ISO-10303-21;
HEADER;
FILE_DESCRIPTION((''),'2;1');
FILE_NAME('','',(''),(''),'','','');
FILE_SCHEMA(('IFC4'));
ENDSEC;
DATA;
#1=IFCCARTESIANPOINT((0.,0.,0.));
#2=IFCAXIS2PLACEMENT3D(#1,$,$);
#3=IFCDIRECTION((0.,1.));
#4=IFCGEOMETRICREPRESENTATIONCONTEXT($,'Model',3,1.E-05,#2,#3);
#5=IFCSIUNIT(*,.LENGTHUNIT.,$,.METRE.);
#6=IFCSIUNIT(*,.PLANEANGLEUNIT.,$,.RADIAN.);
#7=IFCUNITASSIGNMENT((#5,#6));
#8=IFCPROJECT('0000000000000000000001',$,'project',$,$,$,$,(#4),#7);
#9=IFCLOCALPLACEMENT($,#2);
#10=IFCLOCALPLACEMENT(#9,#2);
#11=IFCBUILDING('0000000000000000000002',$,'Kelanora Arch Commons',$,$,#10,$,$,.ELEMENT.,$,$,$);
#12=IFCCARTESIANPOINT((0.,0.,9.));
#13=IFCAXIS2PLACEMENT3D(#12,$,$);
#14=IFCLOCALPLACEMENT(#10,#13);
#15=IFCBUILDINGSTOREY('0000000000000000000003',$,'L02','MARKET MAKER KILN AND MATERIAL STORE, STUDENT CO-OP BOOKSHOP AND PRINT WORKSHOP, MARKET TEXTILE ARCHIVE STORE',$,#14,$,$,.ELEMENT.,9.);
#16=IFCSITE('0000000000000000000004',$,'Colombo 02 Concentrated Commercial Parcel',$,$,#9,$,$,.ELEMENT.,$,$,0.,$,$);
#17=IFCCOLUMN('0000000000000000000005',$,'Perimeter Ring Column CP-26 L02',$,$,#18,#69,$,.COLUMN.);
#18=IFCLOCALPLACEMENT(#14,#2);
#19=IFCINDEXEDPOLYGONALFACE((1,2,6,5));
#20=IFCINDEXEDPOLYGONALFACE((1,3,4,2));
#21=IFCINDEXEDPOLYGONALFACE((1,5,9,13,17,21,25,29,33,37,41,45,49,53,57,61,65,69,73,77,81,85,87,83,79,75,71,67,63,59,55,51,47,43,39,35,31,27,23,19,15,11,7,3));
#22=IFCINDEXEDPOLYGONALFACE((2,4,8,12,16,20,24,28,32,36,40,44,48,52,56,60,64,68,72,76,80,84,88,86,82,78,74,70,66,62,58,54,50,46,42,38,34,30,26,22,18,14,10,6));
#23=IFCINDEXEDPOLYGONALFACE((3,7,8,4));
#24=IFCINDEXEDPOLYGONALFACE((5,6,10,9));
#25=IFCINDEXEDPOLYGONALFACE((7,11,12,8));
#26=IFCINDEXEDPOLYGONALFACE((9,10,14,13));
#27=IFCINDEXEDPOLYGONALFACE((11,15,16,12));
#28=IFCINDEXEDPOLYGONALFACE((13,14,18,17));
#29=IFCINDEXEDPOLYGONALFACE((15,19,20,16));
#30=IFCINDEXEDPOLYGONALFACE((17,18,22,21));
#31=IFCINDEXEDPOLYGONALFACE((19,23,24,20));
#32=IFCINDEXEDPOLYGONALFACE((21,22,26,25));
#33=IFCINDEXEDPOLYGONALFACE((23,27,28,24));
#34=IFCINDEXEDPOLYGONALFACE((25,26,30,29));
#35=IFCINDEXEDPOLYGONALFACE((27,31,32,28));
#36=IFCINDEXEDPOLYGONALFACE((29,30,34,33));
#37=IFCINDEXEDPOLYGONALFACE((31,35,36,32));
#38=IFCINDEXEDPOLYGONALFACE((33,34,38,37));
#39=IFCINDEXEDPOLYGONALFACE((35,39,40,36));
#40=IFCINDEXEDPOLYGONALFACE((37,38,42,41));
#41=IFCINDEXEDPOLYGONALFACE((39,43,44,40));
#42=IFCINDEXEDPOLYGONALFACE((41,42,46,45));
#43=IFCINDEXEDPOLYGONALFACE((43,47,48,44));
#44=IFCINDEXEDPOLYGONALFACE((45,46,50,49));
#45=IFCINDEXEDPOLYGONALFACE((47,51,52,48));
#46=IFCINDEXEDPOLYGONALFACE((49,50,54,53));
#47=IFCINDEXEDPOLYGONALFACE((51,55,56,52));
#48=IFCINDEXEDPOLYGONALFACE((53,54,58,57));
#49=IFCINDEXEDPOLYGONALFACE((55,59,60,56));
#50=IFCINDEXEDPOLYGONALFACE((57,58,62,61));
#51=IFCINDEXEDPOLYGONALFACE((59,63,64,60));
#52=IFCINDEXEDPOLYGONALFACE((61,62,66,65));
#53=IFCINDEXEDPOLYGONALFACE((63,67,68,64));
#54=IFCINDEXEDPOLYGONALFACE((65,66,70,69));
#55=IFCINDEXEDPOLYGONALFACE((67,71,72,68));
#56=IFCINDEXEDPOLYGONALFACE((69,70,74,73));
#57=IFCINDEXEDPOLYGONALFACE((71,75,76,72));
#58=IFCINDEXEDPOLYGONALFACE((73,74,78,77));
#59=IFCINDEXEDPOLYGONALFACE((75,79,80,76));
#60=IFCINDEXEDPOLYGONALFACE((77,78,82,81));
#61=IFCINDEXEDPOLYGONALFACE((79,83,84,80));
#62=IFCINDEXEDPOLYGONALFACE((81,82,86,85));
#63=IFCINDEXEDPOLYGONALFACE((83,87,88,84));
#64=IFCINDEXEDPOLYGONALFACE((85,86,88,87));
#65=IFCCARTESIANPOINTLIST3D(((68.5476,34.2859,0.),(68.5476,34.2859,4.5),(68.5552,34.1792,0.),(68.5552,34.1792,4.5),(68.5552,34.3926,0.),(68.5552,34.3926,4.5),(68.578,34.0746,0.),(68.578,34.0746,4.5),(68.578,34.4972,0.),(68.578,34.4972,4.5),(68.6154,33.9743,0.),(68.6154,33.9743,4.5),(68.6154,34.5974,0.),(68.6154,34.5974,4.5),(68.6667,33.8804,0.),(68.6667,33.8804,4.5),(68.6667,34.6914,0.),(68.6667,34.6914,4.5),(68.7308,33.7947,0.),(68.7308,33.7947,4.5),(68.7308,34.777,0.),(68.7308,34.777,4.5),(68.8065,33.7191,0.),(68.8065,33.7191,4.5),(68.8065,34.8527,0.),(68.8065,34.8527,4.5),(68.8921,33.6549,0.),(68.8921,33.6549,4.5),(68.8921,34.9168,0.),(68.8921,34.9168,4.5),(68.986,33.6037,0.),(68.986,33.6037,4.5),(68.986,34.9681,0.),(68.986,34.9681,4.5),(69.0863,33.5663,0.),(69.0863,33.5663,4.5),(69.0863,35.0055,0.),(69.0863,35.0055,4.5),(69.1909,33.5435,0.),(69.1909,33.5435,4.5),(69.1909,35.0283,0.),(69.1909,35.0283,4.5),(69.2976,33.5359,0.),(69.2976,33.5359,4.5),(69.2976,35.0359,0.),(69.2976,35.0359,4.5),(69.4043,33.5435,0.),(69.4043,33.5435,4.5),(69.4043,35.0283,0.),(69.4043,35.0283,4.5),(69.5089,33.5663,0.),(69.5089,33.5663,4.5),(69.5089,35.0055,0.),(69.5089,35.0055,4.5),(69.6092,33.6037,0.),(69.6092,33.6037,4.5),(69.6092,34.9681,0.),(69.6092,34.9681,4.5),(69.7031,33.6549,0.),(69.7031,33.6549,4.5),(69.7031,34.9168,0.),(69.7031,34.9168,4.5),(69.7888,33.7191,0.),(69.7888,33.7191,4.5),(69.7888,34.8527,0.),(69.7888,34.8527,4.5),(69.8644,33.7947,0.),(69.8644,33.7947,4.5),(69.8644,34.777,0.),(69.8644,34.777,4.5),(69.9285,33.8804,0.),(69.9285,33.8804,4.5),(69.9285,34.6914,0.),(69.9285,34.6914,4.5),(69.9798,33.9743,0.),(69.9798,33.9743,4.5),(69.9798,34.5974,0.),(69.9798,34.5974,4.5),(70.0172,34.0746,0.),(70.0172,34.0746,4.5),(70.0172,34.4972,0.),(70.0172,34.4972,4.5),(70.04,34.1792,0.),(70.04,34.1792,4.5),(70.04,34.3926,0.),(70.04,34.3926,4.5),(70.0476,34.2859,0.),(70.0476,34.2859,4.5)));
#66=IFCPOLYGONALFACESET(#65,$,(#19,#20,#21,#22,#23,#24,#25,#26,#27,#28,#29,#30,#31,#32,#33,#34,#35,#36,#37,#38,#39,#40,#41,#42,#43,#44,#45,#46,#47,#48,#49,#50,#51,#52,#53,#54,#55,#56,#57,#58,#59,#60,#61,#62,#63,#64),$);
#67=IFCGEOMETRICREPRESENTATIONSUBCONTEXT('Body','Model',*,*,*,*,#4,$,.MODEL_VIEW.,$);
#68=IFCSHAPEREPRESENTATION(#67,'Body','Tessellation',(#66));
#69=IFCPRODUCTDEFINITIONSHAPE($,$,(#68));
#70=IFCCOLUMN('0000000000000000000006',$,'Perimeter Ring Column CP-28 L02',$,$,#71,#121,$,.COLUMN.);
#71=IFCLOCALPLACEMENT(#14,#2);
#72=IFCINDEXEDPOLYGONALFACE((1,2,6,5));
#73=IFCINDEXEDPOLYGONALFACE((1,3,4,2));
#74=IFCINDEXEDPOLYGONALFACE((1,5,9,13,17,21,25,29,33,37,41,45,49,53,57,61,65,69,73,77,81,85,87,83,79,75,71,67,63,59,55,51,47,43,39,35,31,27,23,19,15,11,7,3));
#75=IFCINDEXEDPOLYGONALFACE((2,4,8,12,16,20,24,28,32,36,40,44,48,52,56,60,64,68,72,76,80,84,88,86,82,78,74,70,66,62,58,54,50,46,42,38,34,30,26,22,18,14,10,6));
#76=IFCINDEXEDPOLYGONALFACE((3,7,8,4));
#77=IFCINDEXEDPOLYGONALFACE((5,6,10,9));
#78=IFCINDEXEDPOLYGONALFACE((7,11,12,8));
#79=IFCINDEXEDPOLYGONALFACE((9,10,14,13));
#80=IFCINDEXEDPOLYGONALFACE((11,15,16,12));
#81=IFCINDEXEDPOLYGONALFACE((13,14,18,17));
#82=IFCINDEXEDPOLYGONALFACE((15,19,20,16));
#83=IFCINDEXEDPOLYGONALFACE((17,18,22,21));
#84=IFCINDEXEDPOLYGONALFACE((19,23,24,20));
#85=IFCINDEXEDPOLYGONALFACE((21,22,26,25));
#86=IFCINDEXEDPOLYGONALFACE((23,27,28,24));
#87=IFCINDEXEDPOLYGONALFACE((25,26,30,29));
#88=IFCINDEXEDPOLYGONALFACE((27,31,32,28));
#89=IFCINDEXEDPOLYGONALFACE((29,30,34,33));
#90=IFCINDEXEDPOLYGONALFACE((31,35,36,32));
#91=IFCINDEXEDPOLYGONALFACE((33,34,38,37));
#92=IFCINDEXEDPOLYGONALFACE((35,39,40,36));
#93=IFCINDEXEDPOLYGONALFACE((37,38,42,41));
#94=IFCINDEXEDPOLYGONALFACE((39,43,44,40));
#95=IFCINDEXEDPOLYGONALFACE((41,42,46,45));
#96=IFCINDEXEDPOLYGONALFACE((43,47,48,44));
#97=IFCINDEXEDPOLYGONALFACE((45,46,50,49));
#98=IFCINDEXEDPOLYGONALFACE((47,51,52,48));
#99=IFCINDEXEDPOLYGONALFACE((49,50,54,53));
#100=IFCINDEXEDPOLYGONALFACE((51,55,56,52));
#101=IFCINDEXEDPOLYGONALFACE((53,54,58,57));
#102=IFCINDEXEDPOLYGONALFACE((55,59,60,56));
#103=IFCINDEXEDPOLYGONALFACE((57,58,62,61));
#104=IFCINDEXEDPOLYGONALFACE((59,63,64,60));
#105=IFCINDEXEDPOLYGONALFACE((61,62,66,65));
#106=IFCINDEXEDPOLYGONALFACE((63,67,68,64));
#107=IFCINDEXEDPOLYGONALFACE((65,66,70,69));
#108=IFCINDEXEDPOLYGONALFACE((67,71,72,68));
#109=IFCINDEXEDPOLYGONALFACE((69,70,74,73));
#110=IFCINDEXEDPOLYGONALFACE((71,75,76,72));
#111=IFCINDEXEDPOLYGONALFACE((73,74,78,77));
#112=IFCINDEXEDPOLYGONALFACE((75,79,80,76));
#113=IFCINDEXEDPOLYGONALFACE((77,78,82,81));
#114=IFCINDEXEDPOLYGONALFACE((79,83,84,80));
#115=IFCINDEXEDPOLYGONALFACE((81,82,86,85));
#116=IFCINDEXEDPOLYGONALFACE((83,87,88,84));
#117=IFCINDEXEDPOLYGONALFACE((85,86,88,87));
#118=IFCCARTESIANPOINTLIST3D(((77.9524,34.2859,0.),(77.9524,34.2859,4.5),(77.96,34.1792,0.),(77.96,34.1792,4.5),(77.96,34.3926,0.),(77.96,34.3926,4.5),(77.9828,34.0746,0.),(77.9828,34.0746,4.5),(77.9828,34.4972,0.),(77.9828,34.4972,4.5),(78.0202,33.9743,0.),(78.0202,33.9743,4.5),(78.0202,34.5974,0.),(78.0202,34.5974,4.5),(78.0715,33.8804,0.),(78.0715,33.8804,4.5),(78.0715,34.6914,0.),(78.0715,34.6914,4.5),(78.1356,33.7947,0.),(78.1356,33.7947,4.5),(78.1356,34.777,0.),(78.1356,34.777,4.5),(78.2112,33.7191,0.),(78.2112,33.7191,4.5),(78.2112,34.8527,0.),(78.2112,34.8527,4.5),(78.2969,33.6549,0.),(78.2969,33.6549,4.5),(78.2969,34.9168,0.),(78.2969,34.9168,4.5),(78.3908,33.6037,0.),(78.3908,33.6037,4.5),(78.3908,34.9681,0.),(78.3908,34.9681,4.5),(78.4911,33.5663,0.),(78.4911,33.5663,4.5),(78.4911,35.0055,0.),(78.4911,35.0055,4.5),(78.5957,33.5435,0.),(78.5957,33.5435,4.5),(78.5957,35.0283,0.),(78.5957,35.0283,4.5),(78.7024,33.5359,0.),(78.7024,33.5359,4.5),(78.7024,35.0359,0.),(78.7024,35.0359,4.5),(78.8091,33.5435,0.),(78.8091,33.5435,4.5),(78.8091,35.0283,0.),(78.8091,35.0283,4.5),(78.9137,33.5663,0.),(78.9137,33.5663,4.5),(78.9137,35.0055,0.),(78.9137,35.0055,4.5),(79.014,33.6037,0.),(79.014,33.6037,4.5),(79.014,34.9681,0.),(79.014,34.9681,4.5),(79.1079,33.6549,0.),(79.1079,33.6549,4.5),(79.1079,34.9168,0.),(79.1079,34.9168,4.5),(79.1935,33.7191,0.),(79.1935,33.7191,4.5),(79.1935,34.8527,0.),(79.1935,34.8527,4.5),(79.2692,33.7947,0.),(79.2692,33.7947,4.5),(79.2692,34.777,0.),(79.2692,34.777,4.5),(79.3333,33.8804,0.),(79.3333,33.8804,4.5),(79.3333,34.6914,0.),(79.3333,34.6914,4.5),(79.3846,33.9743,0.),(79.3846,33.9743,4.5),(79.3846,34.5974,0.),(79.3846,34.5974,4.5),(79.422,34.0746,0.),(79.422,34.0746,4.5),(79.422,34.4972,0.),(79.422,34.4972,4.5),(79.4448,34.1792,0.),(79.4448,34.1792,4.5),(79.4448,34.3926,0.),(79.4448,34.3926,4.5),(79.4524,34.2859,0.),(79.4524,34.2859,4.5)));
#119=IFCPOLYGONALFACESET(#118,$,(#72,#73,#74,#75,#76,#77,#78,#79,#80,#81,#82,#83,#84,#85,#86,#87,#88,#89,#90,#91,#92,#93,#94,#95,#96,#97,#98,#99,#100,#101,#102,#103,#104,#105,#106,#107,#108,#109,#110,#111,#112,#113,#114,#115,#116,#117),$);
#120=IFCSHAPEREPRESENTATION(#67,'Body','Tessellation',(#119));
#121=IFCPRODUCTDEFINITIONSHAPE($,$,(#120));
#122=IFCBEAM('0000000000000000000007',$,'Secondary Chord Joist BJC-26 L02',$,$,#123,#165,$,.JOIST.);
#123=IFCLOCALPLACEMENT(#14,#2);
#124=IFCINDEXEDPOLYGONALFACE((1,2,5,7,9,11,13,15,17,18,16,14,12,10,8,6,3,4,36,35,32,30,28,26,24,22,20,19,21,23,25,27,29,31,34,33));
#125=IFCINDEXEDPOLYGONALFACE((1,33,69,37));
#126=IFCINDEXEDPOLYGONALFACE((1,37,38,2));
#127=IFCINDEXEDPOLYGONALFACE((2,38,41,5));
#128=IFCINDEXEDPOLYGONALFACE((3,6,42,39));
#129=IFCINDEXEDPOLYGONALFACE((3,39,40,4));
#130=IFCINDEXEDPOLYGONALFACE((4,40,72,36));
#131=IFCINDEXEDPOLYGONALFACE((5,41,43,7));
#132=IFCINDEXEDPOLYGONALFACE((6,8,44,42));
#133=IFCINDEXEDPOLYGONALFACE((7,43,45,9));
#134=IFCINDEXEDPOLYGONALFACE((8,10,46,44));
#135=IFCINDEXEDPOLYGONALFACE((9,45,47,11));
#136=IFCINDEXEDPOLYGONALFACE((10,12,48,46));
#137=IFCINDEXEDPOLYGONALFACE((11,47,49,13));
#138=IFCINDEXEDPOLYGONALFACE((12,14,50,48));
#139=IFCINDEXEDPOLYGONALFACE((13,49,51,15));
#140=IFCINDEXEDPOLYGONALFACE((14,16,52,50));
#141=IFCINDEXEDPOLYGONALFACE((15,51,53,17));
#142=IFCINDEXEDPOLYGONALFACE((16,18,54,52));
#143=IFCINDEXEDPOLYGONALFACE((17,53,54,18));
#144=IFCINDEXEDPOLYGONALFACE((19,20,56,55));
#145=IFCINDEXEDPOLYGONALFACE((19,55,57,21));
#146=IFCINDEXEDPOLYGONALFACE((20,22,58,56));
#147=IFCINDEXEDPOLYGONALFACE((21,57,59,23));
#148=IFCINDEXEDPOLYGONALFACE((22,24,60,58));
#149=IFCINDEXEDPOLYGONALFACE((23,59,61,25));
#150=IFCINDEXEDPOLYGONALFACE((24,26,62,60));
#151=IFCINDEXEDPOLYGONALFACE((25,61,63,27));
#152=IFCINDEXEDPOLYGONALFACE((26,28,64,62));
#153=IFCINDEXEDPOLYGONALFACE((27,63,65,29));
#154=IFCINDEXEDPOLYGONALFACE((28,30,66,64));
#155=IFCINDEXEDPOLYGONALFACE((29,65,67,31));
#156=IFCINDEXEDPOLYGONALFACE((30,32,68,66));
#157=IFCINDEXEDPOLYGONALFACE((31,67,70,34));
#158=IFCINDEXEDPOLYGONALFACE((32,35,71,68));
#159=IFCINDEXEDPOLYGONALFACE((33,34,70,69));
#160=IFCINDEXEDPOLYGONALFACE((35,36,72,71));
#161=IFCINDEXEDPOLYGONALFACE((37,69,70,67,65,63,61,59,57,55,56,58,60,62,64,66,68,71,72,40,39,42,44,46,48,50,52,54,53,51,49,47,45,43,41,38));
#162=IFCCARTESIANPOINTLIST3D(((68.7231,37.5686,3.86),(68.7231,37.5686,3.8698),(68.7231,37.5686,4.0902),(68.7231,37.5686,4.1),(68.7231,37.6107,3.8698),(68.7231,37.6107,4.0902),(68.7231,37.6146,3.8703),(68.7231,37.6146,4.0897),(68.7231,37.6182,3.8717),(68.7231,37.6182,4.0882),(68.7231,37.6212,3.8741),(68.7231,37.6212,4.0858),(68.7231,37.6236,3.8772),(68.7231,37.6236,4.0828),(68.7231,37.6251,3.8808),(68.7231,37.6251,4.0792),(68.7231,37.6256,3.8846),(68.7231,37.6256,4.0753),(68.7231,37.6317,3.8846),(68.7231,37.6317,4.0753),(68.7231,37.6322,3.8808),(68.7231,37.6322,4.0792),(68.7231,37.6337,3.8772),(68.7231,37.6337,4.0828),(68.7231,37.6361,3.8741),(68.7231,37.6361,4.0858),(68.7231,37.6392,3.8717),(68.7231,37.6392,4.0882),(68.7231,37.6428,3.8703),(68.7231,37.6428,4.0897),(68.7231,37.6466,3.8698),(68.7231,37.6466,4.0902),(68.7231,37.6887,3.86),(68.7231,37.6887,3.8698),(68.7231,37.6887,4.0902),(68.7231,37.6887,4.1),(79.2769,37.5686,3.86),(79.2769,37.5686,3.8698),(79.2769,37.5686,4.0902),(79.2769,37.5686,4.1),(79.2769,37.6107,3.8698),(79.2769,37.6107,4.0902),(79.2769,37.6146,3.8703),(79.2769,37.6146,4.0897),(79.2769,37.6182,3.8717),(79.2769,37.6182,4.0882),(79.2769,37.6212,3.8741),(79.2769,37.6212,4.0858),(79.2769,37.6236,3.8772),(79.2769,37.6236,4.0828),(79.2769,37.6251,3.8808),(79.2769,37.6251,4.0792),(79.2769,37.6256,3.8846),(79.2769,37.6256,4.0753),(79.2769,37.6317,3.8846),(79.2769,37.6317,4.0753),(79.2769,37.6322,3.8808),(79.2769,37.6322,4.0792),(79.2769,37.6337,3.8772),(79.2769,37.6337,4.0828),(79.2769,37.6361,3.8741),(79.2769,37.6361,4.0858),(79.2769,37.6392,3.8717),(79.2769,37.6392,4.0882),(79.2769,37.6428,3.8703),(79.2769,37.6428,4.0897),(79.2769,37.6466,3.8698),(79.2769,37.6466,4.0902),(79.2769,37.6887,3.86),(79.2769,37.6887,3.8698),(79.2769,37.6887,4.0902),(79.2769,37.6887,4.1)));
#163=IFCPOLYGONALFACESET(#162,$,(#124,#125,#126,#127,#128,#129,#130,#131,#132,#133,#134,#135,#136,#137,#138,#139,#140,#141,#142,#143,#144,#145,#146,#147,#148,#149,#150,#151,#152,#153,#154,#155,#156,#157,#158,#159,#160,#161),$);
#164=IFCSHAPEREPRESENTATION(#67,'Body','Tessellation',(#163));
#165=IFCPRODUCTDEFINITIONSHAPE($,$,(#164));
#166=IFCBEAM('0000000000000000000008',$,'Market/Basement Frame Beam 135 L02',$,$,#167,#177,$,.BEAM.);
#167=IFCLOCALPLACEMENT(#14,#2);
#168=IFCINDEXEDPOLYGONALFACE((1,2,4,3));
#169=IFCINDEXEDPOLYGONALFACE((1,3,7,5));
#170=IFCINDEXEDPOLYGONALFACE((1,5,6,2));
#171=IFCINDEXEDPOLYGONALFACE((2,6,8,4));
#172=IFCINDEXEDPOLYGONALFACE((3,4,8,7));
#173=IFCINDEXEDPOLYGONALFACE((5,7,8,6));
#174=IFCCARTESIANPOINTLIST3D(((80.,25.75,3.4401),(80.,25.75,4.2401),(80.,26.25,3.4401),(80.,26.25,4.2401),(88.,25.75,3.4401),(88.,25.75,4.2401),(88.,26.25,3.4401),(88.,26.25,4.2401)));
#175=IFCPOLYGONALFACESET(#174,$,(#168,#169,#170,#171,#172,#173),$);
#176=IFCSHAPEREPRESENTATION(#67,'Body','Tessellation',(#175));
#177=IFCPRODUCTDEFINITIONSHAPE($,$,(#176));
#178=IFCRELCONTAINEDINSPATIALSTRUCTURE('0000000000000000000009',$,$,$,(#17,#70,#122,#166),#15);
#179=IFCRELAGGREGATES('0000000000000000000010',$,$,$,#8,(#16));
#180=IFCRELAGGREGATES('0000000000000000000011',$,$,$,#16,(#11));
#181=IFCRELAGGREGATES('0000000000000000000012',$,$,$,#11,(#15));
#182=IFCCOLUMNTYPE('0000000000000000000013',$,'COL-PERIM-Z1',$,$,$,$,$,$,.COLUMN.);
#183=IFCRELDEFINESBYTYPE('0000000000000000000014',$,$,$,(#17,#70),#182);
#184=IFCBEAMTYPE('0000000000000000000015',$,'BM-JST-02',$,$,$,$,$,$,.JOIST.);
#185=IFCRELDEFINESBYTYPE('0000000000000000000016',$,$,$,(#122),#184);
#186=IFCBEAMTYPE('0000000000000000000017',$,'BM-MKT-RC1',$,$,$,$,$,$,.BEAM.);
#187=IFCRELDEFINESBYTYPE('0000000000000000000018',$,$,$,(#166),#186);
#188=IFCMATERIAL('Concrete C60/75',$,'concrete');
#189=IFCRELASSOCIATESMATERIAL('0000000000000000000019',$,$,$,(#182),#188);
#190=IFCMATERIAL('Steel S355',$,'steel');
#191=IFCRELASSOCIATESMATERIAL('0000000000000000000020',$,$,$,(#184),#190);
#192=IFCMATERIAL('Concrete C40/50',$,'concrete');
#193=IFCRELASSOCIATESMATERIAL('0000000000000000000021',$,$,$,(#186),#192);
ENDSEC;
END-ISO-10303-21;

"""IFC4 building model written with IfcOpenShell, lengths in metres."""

from ifc_helpers import new_model, si_unit, direction, frame, origin, origin_2d, place, context, subcontext, project, spatial, rectangle, circle, i_section, extrude, material, material_profile, profile_set, type_object, element, save


model = new_model("IFC4")

# Units and contexts
model_context = context("Model", 3, precision=1e-05, world=origin(), true_north=direction((0.0, 1.0)))
body_context = subcontext(model_context, "Body", "Model", "MODEL_VIEW")
ifc_project = project(units=[si_unit("LENGTHUNIT", "METRE"), si_unit("PLANEANGLEUNIT", "RADIAN")], contexts=[model_context])

# Site, building, storey
site_placement = place(None, origin())
site = spatial("IfcSite", under=ifc_project, at=site_placement, Name="Colombo 02 Concentrated Commercial Parcel", CompositionType="ELEMENT", RefElevation=0.0)
building_placement = place(site_placement, origin())
building = spatial("IfcBuilding", under=site, at=building_placement, Name="Kelanora Arch Commons", CompositionType="ELEMENT")
storey_placement = place(building_placement, frame((0.0, 0.0, 9.0)))
storey = spatial("IfcBuildingStorey", under=building, at=storey_placement, Name="L02", Description="MARKET MAKER KILN AND MATERIAL STORE, STUDENT CO-OP BOOKSHOP AND PRINT WORKSHOP, MARKET TEXTILE ARCHIVE STORE", CompositionType="ELEMENT", Elevation=9.0)

# Columns
ifc_material_1 = material(Name="Concrete C60/75", Category="concrete")
ifc_material_profile_1 = material_profile(ifc_material_1, circle(Radius=0.75, at=origin_2d()), Name="RCC1500")
ifc_profile_set_1 = profile_set([ifc_material_profile_1], Name="Concrete C60/75")
column_type = type_object("IfcColumnType", Name="COL-PERIM-Z1", PredefinedType="COLUMN", material=ifc_profile_set_1)
for number, where, z_axis, x_axis, name in (
    (1, (69.2976, 34.2859, 0.0), (0.0, 0.0, 1.0), (1.0, 0.0, 0.0), "Perimeter Ring Column CP-26 L02"),
    (2, (78.7024, 34.2859, 0.0), (0.0, 0.0, 1.0), (1.0, 0.0, 0.0), "Perimeter Ring Column CP-28 L02"),
):
    element("IfcColumn", number, at=place(storey_placement, frame(where, z_axis=z_axis, x_axis=x_axis)), inside=storey, type_object=column_type, Name=name, PredefinedType="COLUMN", context=body_context, shape_type="SweptSolid", body=[
        extrude(circle(Radius=0.75, at=origin_2d()), origin(), (0.0, 0.0, 1.0), 4.5),
    ])

# Beams
ifc_material_2 = material(Name="Steel S355", Category="steel")
ifc_material_profile_2 = material_profile(ifc_material_2, i_section(OverallWidth=0.1201, OverallDepth=0.24, WebThickness=0.0061, FlangeThickness=0.0098, FilletRadius=0.0149, at=origin_2d()), Name="IPE240")
ifc_profile_set_2 = profile_set([ifc_material_profile_2], Name="Steel S355")
beam_type_1 = type_object("IfcBeamType", Name="BM-JST-02", PredefinedType="JOIST", material=ifc_profile_set_2)
beam_1_placement = place(storey_placement, frame((68.7231, 37.6287, 3.98), z_axis=(1.0, 0.0, 0.0), x_axis=(0.0, 1.0, 0.0)))
element("IfcBeam", 3, at=beam_1_placement, inside=storey, type_object=beam_type_1, Name="Secondary Chord Joist BJC-26 L02", PredefinedType="JOIST", context=body_context, shape_type="SweptSolid", body=[
    extrude(i_section(OverallWidth=0.1201, OverallDepth=0.24, WebThickness=0.0061, FlangeThickness=0.0098, FilletRadius=0.0149, at=origin_2d()), origin(), (0.0, 0.0, 1.0), 10.5537),
])
ifc_material_3 = material(Name="Concrete C40/50", Category="concrete")
ifc_material_profile_3 = material_profile(ifc_material_3, rectangle(XDim=0.5, YDim=0.8, at=origin_2d()), Name="RCB500x800")
ifc_profile_set_3 = profile_set([ifc_material_profile_3], Name="Concrete C40/50")
beam_type_2 = type_object("IfcBeamType", Name="BM-MKT-RC1", PredefinedType="BEAM", material=ifc_profile_set_3)
beam_2_placement = place(storey_placement, frame((80.0, 26.0, 3.8401), z_axis=(1.0, 0.0, 0.0), x_axis=(0.0, 1.0, 0.0)))
element("IfcBeam", 4, at=beam_2_placement, inside=storey, type_object=beam_type_2, Name="Market/Basement Frame Beam 135 L02", PredefinedType="BEAM", context=body_context, shape_type="SweptSolid", body=[
    extrude(rectangle(XDim=0.5, YDim=0.8, at=origin_2d()), origin(), (0.0, 0.0, 1.0), 8.0),
])

save(model, "model.ifc")
